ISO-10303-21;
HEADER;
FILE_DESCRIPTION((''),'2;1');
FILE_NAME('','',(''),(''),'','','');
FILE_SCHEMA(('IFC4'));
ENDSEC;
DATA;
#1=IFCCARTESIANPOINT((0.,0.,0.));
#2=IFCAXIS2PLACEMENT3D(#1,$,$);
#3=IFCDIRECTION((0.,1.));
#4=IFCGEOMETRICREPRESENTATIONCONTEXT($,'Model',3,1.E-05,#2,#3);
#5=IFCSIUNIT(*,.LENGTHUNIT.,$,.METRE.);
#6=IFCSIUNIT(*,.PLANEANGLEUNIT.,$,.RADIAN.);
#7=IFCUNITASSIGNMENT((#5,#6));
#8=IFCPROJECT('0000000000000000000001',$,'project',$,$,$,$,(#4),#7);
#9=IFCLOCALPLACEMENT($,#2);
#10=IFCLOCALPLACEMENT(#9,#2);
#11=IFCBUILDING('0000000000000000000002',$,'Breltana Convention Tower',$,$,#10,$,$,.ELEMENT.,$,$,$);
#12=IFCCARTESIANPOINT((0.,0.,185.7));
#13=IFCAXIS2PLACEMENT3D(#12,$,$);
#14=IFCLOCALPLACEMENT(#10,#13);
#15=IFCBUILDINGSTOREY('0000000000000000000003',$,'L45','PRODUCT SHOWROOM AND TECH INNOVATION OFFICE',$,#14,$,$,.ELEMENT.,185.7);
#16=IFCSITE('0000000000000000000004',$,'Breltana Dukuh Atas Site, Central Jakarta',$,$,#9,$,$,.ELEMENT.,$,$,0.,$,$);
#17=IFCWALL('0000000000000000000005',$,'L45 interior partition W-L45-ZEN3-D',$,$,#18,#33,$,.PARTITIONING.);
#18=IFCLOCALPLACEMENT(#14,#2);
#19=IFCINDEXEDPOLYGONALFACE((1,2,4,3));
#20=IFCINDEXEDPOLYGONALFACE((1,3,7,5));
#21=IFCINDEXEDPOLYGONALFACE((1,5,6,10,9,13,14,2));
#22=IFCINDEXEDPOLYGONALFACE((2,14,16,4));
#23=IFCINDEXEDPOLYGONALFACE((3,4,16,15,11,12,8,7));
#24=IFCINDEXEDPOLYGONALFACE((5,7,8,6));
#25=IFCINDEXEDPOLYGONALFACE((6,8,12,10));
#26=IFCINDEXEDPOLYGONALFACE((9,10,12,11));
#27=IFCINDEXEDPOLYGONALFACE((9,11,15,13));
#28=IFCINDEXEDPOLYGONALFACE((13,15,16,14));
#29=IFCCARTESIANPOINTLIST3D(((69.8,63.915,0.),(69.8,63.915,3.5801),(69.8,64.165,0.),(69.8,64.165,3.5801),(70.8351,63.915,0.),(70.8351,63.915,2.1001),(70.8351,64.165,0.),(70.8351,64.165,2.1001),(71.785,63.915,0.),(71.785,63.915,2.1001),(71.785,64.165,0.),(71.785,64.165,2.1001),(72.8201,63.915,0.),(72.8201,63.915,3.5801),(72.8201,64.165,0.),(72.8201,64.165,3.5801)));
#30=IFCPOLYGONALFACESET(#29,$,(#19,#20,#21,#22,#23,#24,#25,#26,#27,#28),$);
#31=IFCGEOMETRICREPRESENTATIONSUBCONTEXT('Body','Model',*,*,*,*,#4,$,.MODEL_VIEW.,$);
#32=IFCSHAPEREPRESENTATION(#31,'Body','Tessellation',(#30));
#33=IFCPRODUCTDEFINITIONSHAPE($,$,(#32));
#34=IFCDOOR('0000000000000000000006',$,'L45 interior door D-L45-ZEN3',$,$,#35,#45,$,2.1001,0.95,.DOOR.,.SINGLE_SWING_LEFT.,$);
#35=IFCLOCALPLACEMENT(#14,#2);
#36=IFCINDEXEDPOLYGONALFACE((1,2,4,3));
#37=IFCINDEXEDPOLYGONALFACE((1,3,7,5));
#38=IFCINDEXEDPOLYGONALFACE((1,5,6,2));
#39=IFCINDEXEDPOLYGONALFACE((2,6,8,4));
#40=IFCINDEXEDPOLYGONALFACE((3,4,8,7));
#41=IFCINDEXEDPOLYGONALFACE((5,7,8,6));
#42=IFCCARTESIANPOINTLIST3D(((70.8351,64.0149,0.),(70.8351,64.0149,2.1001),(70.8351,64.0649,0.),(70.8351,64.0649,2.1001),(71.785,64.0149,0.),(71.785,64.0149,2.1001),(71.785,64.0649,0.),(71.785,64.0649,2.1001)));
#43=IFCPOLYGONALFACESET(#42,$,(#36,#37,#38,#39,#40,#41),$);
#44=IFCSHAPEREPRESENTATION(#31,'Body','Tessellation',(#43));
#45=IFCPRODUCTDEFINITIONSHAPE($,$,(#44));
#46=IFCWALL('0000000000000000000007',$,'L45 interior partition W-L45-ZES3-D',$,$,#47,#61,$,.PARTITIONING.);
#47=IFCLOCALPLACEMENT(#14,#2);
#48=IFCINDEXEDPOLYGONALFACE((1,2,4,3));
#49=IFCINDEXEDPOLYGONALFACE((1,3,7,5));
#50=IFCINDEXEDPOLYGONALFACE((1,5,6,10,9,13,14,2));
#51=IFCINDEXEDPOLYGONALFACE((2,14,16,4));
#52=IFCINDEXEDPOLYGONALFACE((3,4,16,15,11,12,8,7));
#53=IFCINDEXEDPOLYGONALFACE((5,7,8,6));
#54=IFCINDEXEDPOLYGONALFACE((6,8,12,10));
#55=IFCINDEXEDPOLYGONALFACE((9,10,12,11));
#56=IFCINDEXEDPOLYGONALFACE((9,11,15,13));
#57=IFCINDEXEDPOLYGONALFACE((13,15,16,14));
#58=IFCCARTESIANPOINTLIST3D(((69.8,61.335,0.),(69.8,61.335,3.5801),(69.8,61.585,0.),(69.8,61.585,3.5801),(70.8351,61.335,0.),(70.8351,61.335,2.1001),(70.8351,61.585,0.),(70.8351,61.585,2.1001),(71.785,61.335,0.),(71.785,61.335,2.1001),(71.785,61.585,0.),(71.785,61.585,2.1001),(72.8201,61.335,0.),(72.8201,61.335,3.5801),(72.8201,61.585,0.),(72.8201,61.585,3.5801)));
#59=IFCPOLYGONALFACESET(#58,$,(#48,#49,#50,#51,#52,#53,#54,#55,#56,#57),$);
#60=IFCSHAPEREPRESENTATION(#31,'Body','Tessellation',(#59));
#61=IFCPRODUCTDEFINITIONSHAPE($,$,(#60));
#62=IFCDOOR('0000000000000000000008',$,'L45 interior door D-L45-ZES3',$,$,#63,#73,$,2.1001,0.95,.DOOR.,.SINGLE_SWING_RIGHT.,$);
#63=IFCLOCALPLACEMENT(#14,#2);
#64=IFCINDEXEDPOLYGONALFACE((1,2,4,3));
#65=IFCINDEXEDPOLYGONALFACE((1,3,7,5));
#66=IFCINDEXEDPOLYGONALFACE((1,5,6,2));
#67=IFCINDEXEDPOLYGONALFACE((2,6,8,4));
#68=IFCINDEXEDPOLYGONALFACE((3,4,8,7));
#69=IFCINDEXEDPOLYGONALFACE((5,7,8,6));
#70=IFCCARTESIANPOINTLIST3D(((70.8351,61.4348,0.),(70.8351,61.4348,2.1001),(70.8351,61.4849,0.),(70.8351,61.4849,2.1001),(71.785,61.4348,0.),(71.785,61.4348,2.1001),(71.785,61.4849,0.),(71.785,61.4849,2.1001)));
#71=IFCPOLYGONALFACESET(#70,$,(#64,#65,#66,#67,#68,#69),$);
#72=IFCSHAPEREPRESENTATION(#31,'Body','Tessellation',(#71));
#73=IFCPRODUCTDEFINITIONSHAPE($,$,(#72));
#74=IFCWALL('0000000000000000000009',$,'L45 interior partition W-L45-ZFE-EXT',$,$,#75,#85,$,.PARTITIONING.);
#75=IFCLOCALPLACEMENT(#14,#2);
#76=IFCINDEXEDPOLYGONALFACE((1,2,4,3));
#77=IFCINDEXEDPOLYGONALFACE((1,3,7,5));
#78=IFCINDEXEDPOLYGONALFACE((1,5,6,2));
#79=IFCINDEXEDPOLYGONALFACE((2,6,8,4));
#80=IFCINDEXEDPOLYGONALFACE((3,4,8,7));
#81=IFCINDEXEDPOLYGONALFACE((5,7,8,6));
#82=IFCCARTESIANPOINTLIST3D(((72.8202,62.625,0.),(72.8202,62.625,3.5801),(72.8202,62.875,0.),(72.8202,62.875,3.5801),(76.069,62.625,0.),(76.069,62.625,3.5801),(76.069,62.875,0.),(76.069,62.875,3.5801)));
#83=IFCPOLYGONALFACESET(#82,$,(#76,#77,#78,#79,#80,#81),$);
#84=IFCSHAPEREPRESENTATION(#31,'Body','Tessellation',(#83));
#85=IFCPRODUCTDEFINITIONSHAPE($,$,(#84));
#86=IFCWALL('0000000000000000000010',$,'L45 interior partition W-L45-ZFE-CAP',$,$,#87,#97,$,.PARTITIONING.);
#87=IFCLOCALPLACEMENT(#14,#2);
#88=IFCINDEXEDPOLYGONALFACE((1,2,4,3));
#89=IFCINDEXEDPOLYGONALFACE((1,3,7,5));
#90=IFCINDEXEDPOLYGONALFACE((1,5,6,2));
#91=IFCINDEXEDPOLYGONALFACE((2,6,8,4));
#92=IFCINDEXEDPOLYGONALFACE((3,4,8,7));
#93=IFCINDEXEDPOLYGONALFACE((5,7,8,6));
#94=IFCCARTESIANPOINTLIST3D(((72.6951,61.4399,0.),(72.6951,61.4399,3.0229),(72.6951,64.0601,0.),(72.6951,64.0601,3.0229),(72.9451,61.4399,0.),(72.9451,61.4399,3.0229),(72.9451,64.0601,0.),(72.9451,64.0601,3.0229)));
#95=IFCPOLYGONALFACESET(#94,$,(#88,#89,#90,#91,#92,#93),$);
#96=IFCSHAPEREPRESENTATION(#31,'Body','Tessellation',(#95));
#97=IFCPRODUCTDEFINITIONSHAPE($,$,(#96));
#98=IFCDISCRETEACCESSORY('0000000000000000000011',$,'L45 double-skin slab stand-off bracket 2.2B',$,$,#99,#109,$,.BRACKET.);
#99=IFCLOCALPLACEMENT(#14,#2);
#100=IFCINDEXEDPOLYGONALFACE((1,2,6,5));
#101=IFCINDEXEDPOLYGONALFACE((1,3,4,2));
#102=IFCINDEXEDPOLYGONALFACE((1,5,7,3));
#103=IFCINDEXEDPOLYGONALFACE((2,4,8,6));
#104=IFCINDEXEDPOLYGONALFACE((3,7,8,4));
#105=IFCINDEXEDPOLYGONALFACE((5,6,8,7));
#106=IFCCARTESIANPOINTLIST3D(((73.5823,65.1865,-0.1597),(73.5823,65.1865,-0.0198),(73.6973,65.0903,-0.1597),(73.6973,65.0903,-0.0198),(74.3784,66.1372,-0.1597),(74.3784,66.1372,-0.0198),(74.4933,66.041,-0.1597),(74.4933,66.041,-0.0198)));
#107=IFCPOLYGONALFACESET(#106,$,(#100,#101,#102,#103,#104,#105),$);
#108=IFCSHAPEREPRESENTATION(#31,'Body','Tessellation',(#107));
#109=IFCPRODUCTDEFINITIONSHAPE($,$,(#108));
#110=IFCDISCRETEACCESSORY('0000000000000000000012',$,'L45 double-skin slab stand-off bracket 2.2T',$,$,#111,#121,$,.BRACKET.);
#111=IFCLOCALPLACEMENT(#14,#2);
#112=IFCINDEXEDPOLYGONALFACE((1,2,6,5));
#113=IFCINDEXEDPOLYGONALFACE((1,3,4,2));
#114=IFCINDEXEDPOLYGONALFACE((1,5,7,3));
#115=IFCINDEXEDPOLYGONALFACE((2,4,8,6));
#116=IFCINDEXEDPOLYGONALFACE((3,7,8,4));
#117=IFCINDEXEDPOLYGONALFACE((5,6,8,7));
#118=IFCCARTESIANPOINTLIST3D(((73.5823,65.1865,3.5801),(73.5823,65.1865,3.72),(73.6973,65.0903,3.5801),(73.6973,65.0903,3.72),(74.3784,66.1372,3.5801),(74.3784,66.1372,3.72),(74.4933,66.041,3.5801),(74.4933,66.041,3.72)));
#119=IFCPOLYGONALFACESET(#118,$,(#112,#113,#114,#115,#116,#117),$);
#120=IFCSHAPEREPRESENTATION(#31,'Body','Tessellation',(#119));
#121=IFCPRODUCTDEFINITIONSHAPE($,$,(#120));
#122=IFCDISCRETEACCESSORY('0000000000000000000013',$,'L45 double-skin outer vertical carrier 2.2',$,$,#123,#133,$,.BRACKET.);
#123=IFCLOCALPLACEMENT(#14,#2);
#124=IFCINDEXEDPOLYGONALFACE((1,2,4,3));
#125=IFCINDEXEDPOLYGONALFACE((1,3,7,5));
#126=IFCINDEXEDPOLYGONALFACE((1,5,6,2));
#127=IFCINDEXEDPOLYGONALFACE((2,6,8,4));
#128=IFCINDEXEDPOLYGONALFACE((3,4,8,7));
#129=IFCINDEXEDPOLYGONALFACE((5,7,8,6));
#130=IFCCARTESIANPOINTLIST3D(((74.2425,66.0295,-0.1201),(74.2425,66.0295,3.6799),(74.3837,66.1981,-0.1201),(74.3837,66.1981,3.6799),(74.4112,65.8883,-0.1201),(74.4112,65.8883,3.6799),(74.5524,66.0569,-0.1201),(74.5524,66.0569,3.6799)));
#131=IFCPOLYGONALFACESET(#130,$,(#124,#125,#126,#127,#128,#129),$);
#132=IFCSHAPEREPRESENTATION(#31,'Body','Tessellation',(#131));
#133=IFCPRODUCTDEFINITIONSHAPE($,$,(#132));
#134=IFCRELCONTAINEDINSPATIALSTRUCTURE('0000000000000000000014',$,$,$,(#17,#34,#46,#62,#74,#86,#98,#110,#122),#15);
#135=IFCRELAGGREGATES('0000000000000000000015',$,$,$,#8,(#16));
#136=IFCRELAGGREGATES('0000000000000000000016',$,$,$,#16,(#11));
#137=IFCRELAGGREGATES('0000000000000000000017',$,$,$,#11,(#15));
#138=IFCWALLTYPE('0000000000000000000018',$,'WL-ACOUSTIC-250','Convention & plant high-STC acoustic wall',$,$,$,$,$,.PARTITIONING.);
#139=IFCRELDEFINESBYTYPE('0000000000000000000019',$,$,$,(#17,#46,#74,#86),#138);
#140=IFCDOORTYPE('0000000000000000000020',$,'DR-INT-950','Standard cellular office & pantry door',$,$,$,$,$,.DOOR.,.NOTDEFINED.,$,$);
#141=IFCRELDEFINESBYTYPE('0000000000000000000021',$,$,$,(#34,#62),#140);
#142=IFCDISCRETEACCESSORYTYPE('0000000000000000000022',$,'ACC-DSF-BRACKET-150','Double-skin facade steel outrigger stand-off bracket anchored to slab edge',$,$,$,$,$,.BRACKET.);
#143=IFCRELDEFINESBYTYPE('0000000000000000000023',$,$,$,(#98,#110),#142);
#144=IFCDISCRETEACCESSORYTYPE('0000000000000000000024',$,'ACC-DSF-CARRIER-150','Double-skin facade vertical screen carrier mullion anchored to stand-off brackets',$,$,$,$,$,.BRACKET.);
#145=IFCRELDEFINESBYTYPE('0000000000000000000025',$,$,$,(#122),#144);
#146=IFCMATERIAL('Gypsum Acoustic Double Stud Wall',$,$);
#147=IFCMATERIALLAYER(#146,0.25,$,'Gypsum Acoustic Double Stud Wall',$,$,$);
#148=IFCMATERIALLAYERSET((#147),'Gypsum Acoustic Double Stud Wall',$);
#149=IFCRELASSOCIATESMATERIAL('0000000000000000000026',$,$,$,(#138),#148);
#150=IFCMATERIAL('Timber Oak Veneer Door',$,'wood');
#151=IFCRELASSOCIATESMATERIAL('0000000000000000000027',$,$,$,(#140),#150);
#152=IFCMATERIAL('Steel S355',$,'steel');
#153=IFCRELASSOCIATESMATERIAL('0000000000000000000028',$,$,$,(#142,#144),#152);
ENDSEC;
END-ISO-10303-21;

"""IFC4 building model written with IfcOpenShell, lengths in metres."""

from ifc_helpers import new_model, si_unit, direction, frame, frame_2d, origin, origin_2d, place, context, subcontext, project, spatial, rectangle, extrude, source, transform, mapped, material, layer, layer_set, type_object, type_shapes, element, fill, save


model = new_model("IFC4")

# Units and contexts
model_context = context("Model", 3, precision=1e-05, world=origin(), true_north=direction((0.0, 1.0)))
body_context = subcontext(model_context, "Body", "Model", "MODEL_VIEW")
ifc_project = project(units=[si_unit("LENGTHUNIT", "METRE"), si_unit("PLANEANGLEUNIT", "RADIAN")], contexts=[model_context])

# Site, building, storey
site_placement = place(None, origin())
site = spatial("IfcSite", under=ifc_project, at=site_placement, Name="Breltana Dukuh Atas Site, Central Jakarta", CompositionType="ELEMENT", RefElevation=0.0)
building_placement = place(site_placement, origin())
building = spatial("IfcBuilding", under=site, at=building_placement, Name="Breltana Convention Tower", CompositionType="ELEMENT")
storey_placement = place(building_placement, frame((0.0, 0.0, 185.7)))
storey = spatial("IfcBuildingStorey", under=building, at=storey_placement, Name="L45", Description="PRODUCT SHOWROOM AND TECH INNOVATION OFFICE", CompositionType="ELEMENT", Elevation=185.7)

# Shared definitions
ifc_material_1 = material(Name="Gypsum Acoustic Double Stud Wall")
ifc_layer_1 = layer(ifc_material_1, 0.25, Name="Gypsum Acoustic Double Stud Wall")
ifc_layer_set_1 = layer_set([ifc_layer_1], Name="Gypsum Acoustic Double Stud Wall")
wall_type_1 = type_object("IfcWallType", Name="WL-ACOUSTIC-250", Description="Convention & plant high-STC acoustic wall", PredefinedType="PARTITIONING", material=ifc_layer_set_1)

# Walls, openings, doors
shared_shape_1 = source(origin(), body_context, "Body", "SweptSolid", [
    extrude(rectangle(XDim=3.02, YDim=0.25, at=frame_2d((1.51, 0.0))), origin(), (0.0, 0.0, 1.0), 3.5801),
])
wall_1_placement = place(storey_placement, frame((69.8, 64.04, 0.0), z_axis=(0.0, 0.0, 1.0), x_axis=(1.0, 0.0, 0.0)))
wall_1 = element("IfcWall", 1, at=wall_1_placement, inside=storey, type_object=wall_type_1, Name="L45 interior partition W-L45-ZEN3-D", PredefinedType="PARTITIONING", context=body_context, shape_type="MappedRepresentation", body=[
    mapped(shared_shape_1, transform((0.0, 0.0, 0.0), scale=1.0)),
])
opening_1_placement = place(wall_1_placement, frame((1.0349, 0.0, 0.0)))
opening_1 = element("IfcOpeningElement", 2, at=opening_1_placement, cuts=wall_1, PredefinedType="OPENING", context=body_context, shape_type="SweptSolid", body=[
    extrude(rectangle(XDim=0.95, YDim=2.1001, at=frame_2d((0.4751, 1.05))), frame((0.0, 0.135, 0.0), z_axis=(0.0, -1.0, 0.0), x_axis=(1.0, 0.0, 0.0)), (0.0, 0.0, 1.0), 0.27),
])
ifc_material_2 = material(Name="Timber Oak Veneer Door", Category="wood")
door_type = type_object("IfcDoorType", Name="DR-INT-950", Description="Standard cellular office & pantry door", OperationType="NOTDEFINED", PredefinedType="DOOR", material=ifc_material_2)
shared_shape_2 = source(origin(), body_context, "Body", "SweptSolid", [
    extrude(rectangle(XDim=0.95, YDim=2.1001, at=frame_2d((0.4751, 1.05))), frame((0.0, 0.0249, 0.0), z_axis=(0.0, -1.0, 0.0), x_axis=(1.0, 0.0, 0.0)), (0.0, 0.0, 1.0), 0.05),
])
type_shapes(door_type, [shared_shape_2])
door_1_placement = place(opening_1_placement, origin())
door_1 = element("IfcDoor", 3, at=door_1_placement, inside=storey, type_object=door_type, Name="L45 interior door D-L45-ZEN3", OperationType="SINGLE_SWING_LEFT", OverallHeight=2.1001, OverallWidth=0.95, PredefinedType="DOOR", context=body_context, shape_type="MappedRepresentation", body=[
    mapped(shared_shape_2, transform((0.0, 0.0, 0.0), scale=1.0)),
])
fill(opening_1, door_1)
wall_2_placement = place(storey_placement, frame((69.8, 61.46, 0.0), z_axis=(0.0, 0.0, 1.0), x_axis=(1.0, 0.0, 0.0)))
wall_2 = element("IfcWall", 4, at=wall_2_placement, inside=storey, type_object=wall_type_1, Name="L45 interior partition W-L45-ZES3-D", PredefinedType="PARTITIONING", context=body_context, shape_type="MappedRepresentation", body=[
    mapped(shared_shape_1, transform((0.0, 0.0, 0.0), scale=1.0)),
])
opening_2_placement = place(wall_2_placement, frame((1.0349, 0.0, 0.0)))
opening_2 = element("IfcOpeningElement", 5, at=opening_2_placement, cuts=wall_2, PredefinedType="OPENING", context=body_context, shape_type="SweptSolid", body=[
    extrude(rectangle(XDim=0.95, YDim=2.1001, at=frame_2d((0.4751, 1.05))), frame((0.0, 0.135, 0.0), z_axis=(0.0, -1.0, 0.0), x_axis=(1.0, 0.0, 0.0)), (0.0, 0.0, 1.0), 0.27),
])
door_2_placement = place(opening_2_placement, origin())
door_2 = element("IfcDoor", 6, at=door_2_placement, inside=storey, type_object=door_type, Name="L45 interior door D-L45-ZES3", OperationType="SINGLE_SWING_RIGHT", OverallHeight=2.1001, OverallWidth=0.95, PredefinedType="DOOR", context=body_context, shape_type="MappedRepresentation", body=[
    mapped(shared_shape_2, transform((0.0, 0.0, 0.0), scale=1.0)),
])
fill(opening_2, door_2)

# Walls
shared_shape_3 = source(origin(), body_context, "Body", "SweptSolid", [
    extrude(rectangle(XDim=3.2488, YDim=0.25, at=frame_2d((1.6245, 0.0))), origin(), (0.0, 0.0, 1.0), 3.5801),
])
wall_3_placement = place(storey_placement, frame((72.8201, 62.75, 0.0), z_axis=(0.0, 0.0, 1.0), x_axis=(1.0, 0.0, 0.0)))
element("IfcWall", 7, at=wall_3_placement, inside=storey, type_object=wall_type_1, Name="L45 interior partition W-L45-ZFE-EXT", PredefinedType="PARTITIONING", context=body_context, shape_type="MappedRepresentation", body=[
    mapped(shared_shape_3, transform((0.0, 0.0, 0.0), scale=1.0)),
])
shared_shape_4 = source(origin(), body_context, "Body", "SweptSolid", [
    extrude(rectangle(XDim=2.6201, YDim=0.25, at=frame_2d((1.3101, 0.0))), origin(), (0.0, 0.0, 1.0), 3.0229),
])
wall_4_placement = place(storey_placement, frame((72.8201, 61.4399, 0.0), z_axis=(0.0, 0.0, 1.0), x_axis=(0.0, 1.0, 0.0)))
element("IfcWall", 8, at=wall_4_placement, inside=storey, type_object=wall_type_1, Name="L45 interior partition W-L45-ZFE-CAP", PredefinedType="PARTITIONING", context=body_context, shape_type="MappedRepresentation", body=[
    mapped(shared_shape_4, transform((0.0, 0.0, 0.0), scale=1.0)),
])

# Discrete accessories
ifc_material_3 = material(Name="Steel S355", Category="steel")
discrete_accessory_type_1 = type_object("IfcDiscreteAccessoryType", Name="ACC-DSF-BRACKET-150", Description="Double-skin facade steel outrigger stand-off bracket anchored to slab edge", PredefinedType="BRACKET", material=ifc_material_3)
shared_shape_5 = source(origin(), body_context, "Body", "SweptSolid", [
    extrude(rectangle(XDim=1.24, YDim=0.1499, at=origin_2d()), origin(), (0.0, 0.0, 1.0), 0.1399),
])
type_shapes(discrete_accessory_type_1, [shared_shape_5])
for number, where, z_axis, x_axis, name in (
    (9, (74.0378, 65.6138, -0.1597), (0.0, 0.0, 1.0), (0.641989, 0.766714, 0.0), "L45 double-skin slab stand-off bracket 2.2B"),
    (10, (74.0378, 65.6138, 3.5801), (0.0, 0.0, 1.0), (0.641989, 0.766714, 0.0), "L45 double-skin slab stand-off bracket 2.2T"),
):
    element("IfcDiscreteAccessory", number, at=place(storey_placement, frame(where, z_axis=z_axis, x_axis=x_axis)), inside=storey, type_object=discrete_accessory_type_1, Name=name, PredefinedType="BRACKET", context=body_context, shape_type="MappedRepresentation", body=[
        mapped(shared_shape_5, transform((0.0, 0.0, 0.0), scale=1.0)),
    ])
discrete_accessory_type_2 = type_object("IfcDiscreteAccessoryType", Name="ACC-DSF-CARRIER-150", Description="Double-skin facade vertical screen carrier mullion anchored to stand-off brackets", PredefinedType="BRACKET", material=ifc_material_3)
shared_shape_6 = source(origin(), body_context, "Body", "SweptSolid", [
    extrude(rectangle(XDim=0.22, YDim=0.22, at=origin_2d()), origin(), (0.0, 0.0, 1.0), 3.8),
])
discrete_accessory_placement = place(storey_placement, frame((74.3975, 66.0432, -0.1201), z_axis=(0.0, 0.0, 1.0), x_axis=(0.641989, 0.766714, 0.0)))
element("IfcDiscreteAccessory", 11, at=discrete_accessory_placement, inside=storey, type_object=discrete_accessory_type_2, Name="L45 double-skin outer vertical carrier 2.2", PredefinedType="BRACKET", context=body_context, shape_type="MappedRepresentation", body=[
    mapped(shared_shape_6, transform((0.0, 0.0, 0.0), scale=1.0)),
])

save(model, "model.ifc")
